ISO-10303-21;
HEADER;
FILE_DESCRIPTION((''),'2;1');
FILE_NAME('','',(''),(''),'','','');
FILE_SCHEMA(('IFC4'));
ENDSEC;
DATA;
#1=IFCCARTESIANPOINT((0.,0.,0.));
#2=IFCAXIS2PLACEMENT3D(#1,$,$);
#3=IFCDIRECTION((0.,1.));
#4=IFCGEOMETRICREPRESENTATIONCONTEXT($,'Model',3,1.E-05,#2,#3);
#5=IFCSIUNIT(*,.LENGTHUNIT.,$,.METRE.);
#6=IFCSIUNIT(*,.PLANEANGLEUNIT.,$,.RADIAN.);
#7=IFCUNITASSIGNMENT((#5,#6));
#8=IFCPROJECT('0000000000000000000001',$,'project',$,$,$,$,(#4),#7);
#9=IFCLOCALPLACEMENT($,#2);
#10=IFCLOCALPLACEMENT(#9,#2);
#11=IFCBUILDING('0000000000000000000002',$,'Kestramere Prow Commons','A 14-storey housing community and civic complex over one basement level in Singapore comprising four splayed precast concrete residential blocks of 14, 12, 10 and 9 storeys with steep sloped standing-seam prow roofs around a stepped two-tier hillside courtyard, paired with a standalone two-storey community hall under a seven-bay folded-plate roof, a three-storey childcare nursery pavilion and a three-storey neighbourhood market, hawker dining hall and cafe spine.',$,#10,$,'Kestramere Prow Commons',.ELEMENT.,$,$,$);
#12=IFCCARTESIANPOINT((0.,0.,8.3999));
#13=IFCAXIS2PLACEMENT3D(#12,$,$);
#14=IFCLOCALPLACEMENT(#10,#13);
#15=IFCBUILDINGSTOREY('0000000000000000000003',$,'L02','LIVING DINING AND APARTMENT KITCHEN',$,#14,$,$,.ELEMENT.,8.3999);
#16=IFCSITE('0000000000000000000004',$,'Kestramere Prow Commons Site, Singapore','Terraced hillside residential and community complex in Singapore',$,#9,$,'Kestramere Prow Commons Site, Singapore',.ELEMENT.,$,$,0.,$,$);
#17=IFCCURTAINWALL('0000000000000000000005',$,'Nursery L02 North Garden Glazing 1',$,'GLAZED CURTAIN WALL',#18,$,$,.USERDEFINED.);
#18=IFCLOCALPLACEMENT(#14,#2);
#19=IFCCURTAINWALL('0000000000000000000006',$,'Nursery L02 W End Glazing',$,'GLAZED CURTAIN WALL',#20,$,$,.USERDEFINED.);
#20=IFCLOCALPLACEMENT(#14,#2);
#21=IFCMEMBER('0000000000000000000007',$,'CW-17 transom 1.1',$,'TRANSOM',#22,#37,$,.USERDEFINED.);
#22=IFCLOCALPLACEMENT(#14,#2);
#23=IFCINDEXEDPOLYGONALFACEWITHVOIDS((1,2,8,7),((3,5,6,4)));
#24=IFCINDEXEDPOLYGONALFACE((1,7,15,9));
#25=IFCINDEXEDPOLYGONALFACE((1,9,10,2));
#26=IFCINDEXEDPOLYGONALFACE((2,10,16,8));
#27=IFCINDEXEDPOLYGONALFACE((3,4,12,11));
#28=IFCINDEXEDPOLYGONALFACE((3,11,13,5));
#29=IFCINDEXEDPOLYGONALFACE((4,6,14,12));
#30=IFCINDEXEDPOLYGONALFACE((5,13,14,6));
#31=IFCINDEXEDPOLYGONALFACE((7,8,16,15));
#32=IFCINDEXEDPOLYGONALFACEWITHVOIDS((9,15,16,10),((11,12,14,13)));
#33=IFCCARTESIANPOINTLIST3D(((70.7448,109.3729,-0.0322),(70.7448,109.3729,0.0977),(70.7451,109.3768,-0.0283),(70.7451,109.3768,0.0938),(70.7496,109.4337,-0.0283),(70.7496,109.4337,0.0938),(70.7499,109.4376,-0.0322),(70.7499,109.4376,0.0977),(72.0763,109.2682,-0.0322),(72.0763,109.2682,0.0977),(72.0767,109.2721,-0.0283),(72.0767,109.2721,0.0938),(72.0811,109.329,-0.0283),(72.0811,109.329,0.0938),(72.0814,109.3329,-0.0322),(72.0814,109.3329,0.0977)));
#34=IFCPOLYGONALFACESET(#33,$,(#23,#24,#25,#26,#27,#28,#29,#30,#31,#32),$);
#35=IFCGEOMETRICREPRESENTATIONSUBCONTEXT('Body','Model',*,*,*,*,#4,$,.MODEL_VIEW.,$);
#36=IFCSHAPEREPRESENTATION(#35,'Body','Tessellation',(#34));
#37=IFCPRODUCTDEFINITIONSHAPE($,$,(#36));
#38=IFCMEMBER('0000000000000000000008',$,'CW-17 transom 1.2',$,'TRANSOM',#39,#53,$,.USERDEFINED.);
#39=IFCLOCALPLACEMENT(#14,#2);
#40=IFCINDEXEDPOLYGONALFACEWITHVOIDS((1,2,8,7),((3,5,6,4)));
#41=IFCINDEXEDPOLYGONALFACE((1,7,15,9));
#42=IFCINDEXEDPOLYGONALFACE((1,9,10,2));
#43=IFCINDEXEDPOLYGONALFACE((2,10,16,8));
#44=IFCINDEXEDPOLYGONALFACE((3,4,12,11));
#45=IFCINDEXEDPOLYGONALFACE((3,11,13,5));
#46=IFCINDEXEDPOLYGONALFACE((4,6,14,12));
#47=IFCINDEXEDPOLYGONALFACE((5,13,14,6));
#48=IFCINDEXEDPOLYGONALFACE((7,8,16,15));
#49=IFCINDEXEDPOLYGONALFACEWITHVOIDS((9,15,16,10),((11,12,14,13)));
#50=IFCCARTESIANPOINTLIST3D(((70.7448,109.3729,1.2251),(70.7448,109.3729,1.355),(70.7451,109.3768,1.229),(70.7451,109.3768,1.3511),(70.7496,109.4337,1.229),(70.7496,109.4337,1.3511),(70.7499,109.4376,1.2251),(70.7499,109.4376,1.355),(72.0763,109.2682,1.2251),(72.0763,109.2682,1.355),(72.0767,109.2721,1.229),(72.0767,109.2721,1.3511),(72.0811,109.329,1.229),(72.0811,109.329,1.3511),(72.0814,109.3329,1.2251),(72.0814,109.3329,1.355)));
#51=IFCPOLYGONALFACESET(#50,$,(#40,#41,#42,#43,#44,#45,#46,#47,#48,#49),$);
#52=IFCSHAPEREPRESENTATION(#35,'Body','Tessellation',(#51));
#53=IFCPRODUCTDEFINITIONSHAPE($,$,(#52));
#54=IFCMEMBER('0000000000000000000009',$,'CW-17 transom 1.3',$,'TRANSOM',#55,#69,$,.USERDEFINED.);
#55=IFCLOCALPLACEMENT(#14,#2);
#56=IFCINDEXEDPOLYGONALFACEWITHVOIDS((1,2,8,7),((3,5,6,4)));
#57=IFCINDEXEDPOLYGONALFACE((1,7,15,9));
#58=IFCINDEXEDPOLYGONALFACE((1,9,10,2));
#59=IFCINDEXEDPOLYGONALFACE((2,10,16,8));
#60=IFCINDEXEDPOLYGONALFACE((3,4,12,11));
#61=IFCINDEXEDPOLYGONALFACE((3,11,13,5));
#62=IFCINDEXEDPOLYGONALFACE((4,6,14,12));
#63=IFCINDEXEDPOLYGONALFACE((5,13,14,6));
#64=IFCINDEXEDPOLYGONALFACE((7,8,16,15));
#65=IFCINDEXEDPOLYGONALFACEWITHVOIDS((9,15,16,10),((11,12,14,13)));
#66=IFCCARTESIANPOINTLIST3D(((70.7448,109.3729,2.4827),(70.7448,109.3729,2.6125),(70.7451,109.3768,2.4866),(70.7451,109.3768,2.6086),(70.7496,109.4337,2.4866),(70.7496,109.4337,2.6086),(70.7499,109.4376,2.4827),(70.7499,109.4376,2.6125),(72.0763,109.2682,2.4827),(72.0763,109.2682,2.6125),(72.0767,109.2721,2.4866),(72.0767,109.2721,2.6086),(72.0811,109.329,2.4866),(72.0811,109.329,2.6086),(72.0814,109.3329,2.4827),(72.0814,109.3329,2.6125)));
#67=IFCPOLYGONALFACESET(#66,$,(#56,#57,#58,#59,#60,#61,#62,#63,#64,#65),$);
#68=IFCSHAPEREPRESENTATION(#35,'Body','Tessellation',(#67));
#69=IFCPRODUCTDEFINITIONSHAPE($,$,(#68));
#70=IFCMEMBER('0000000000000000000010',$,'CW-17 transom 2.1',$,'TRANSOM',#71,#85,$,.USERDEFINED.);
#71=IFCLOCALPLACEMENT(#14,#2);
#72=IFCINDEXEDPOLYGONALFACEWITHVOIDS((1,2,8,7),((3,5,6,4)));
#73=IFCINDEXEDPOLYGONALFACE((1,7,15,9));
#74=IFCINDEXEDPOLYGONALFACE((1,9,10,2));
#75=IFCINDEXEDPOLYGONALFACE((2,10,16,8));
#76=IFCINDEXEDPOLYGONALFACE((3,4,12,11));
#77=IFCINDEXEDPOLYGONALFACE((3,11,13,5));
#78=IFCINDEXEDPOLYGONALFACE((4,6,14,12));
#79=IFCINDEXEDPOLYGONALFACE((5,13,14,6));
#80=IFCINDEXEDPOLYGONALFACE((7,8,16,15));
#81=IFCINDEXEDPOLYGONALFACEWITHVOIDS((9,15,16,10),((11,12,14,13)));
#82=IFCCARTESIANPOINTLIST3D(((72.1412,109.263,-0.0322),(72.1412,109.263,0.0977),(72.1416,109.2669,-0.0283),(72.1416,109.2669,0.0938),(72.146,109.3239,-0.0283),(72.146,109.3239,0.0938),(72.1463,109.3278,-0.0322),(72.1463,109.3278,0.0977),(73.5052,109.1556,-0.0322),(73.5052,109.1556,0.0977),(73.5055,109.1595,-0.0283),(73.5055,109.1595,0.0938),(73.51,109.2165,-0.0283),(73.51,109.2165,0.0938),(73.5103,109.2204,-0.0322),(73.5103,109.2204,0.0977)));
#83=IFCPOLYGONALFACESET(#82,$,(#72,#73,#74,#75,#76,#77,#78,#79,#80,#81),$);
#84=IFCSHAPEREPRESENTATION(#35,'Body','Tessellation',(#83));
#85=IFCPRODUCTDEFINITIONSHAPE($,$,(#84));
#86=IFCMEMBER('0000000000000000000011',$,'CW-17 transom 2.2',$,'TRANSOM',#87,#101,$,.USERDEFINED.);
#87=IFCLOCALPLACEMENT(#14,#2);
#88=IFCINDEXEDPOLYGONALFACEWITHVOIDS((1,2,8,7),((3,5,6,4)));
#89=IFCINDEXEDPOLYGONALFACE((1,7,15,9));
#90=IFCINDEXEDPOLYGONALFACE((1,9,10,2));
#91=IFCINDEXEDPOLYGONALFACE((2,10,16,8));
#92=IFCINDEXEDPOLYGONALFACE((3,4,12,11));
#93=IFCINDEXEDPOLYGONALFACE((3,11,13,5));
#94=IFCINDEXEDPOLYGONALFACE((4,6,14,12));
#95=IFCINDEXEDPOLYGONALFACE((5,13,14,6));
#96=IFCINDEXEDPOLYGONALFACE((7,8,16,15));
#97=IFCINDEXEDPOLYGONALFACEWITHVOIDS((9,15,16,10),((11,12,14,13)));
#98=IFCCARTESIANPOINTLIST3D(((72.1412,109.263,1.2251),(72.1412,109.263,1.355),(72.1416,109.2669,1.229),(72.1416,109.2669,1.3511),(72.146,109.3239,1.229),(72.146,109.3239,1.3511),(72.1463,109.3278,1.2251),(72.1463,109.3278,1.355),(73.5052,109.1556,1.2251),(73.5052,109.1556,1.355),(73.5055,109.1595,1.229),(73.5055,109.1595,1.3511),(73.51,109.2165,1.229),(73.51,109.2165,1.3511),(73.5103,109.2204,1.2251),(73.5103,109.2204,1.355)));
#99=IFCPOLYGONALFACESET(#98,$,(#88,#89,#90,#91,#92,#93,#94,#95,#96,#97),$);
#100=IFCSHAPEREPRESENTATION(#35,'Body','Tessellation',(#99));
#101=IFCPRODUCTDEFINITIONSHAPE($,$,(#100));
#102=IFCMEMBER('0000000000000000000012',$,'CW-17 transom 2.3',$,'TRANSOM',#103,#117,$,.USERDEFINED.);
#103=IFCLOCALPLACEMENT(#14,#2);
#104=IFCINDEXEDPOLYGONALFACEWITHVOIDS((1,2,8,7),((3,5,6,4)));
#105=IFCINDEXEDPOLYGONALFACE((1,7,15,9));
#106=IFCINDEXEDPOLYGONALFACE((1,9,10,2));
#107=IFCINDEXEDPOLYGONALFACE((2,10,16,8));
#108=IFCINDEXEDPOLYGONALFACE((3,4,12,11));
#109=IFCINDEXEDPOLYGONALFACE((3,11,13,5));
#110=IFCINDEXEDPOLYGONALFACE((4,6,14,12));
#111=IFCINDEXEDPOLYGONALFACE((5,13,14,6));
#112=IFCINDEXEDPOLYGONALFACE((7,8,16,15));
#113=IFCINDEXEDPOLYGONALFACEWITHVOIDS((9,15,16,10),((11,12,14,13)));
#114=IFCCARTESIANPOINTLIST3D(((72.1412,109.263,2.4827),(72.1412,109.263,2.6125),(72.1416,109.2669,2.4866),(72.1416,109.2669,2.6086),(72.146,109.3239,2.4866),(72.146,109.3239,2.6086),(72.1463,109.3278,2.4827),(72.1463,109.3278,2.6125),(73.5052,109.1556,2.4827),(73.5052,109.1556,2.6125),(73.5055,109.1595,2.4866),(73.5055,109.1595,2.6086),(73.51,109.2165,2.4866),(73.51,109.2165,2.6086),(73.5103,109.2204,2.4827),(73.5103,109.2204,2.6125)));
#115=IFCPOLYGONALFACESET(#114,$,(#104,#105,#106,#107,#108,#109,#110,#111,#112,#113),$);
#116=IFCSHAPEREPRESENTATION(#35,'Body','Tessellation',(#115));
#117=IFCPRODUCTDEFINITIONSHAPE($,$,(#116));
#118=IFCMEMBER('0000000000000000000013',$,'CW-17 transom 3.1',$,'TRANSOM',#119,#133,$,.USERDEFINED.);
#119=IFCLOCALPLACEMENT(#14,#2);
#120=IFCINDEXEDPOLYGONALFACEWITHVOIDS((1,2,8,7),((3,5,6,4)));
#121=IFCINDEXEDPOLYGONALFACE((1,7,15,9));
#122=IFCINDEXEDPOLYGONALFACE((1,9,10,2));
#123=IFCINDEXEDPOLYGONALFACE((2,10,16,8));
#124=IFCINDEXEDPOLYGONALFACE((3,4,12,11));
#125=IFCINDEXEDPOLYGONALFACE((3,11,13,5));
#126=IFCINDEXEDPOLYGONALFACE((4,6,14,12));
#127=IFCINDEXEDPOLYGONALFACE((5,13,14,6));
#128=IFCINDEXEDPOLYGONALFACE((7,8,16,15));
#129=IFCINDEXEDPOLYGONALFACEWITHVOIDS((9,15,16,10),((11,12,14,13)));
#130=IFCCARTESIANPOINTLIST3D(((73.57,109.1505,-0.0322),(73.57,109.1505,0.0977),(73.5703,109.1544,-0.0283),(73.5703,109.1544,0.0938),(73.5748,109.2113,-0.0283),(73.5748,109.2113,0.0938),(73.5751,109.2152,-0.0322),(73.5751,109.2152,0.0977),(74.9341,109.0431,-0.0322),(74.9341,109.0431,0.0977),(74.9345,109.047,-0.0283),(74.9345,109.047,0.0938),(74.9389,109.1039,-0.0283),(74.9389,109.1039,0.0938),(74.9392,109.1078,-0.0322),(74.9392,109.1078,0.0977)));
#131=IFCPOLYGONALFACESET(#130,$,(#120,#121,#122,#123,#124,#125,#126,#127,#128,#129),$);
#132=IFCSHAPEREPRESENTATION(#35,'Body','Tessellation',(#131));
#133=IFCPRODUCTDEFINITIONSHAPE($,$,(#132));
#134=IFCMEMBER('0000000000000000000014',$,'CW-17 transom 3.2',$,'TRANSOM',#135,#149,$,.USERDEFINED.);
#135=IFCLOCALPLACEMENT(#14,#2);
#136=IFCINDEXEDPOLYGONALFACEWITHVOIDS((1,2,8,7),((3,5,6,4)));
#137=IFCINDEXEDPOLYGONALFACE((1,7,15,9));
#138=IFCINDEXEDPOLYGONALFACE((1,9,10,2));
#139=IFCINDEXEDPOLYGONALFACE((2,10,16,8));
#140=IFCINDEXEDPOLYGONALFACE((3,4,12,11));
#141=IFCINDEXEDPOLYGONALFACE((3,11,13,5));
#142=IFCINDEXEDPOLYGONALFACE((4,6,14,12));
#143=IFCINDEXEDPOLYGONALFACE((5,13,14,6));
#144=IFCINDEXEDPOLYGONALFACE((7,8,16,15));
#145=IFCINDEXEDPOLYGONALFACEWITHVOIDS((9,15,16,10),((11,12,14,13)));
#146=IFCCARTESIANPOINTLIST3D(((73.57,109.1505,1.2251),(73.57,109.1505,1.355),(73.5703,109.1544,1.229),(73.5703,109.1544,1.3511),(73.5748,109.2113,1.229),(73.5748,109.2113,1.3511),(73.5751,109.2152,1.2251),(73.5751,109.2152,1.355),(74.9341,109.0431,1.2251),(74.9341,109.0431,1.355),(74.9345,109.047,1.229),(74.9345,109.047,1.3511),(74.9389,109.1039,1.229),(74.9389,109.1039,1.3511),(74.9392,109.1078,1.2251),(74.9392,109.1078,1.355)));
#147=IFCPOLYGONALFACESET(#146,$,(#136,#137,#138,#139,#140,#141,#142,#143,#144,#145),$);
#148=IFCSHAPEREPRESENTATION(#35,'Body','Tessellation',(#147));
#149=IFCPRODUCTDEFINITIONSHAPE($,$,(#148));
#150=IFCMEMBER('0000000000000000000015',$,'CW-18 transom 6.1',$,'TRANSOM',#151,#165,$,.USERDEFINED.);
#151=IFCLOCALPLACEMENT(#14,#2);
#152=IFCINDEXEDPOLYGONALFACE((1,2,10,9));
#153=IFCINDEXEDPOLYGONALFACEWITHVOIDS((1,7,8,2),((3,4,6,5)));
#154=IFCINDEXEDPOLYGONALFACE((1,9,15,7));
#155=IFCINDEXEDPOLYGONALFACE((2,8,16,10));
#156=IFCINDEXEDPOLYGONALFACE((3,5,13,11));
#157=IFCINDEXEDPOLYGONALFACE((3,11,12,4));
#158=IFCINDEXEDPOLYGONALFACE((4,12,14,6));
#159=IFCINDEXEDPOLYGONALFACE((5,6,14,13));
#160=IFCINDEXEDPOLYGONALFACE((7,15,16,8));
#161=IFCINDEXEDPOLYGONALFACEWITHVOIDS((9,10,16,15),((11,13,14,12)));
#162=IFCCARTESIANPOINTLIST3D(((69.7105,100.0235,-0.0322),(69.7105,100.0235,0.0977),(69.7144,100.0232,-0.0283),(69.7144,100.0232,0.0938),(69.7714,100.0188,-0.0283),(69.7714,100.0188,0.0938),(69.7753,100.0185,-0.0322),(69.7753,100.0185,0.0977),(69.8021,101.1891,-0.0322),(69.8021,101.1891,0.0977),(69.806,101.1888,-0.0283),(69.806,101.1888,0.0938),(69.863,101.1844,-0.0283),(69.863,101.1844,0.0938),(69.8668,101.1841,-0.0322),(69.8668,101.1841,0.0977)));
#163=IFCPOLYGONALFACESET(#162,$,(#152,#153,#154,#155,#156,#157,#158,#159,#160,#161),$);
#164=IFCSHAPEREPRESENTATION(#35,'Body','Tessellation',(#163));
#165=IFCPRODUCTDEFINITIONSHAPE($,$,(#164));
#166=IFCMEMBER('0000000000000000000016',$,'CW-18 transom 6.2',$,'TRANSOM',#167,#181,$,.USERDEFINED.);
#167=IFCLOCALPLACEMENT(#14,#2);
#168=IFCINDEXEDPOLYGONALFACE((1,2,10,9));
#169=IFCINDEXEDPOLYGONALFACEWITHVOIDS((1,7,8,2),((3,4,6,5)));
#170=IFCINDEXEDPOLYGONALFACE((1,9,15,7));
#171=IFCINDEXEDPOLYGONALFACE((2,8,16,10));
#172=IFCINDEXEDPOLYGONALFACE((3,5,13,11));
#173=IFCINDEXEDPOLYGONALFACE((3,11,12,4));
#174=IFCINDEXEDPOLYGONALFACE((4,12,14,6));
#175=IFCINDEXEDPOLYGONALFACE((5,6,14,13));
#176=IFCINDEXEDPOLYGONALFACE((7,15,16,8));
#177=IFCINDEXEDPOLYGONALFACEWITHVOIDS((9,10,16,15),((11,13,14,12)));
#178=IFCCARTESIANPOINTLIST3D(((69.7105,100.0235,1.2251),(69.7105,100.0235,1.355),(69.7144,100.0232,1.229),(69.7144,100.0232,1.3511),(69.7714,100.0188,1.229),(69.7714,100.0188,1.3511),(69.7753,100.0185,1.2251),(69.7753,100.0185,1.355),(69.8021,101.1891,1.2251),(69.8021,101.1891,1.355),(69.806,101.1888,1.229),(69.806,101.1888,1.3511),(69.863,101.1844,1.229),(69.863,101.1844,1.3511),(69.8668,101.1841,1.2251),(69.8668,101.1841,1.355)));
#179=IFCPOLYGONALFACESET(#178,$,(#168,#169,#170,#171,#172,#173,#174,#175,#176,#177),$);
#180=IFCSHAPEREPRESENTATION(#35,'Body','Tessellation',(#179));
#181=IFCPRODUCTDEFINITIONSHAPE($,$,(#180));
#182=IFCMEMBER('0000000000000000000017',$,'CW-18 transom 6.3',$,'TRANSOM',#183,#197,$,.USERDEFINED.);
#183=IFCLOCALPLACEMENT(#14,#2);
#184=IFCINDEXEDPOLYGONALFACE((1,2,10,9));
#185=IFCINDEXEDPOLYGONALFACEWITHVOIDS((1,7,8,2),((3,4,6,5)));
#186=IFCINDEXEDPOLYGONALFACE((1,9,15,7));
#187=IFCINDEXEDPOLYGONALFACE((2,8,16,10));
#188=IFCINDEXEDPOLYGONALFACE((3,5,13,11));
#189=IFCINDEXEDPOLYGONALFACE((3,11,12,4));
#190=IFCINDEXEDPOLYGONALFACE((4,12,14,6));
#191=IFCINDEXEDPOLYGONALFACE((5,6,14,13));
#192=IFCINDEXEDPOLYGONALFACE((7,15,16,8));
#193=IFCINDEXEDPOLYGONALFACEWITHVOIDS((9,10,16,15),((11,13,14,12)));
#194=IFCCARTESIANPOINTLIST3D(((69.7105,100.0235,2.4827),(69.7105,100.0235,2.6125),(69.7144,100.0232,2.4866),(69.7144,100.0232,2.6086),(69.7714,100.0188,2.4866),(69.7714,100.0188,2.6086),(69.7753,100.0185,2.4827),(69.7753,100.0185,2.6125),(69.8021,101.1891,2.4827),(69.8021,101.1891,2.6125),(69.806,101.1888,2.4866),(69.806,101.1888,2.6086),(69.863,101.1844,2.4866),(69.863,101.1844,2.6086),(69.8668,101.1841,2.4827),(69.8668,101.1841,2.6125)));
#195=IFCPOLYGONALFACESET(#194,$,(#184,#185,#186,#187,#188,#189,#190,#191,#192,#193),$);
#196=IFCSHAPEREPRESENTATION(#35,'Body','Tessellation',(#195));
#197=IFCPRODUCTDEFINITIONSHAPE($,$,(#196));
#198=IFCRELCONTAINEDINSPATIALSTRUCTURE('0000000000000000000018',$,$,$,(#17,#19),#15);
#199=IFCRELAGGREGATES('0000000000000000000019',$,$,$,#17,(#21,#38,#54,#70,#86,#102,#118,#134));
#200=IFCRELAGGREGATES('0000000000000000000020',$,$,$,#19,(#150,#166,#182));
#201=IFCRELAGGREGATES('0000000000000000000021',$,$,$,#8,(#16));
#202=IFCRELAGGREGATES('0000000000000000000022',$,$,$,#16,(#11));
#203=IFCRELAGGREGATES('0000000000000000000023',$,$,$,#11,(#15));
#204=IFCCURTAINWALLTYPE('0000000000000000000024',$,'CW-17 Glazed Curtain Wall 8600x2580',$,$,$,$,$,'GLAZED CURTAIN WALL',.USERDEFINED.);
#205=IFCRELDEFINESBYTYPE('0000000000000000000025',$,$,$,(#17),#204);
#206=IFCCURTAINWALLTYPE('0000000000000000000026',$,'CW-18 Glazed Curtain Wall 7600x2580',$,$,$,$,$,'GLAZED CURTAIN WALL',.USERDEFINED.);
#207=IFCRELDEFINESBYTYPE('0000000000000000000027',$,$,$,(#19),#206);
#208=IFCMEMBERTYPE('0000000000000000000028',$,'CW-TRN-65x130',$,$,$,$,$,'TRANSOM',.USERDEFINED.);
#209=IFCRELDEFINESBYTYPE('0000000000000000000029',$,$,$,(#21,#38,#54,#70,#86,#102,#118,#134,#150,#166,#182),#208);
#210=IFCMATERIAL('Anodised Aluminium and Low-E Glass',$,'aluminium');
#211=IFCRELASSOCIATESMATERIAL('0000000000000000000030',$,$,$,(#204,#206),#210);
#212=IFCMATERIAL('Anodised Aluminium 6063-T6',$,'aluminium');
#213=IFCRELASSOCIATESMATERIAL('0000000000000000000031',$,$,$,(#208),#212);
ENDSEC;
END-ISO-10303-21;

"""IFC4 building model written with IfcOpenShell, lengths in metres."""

from ifc_helpers import new_model, si_unit, direction, frame, origin, origin_2d, place, context, subcontext, project, spatial, hollow_rectangle, extrude, material, material_profile, profile_set, type_object, element, aggregate, save


model = new_model("IFC4")

# Units and contexts
model_context = context("Model", 3, precision=1e-05, world=origin(), true_north=direction((0.0, 1.0)))
body_context = subcontext(model_context, "Body", "Model", "MODEL_VIEW")
ifc_project = project(units=[si_unit("LENGTHUNIT", "METRE"), si_unit("PLANEANGLEUNIT", "RADIAN")], contexts=[model_context])

# Site, building, storey
site_placement = place(None, origin())
site = spatial("IfcSite", under=ifc_project, at=site_placement, Name="Kestramere Prow Commons Site, Singapore", Description="Terraced hillside residential and community complex in Singapore", LongName="Kestramere Prow Commons Site, Singapore", CompositionType="ELEMENT", RefElevation=0.0)
building_placement = place(site_placement, origin())
building = spatial("IfcBuilding", under=site, at=building_placement, Name="Kestramere Prow Commons", Description="A 14-storey housing community and civic complex over one basement level in Singapore comprising four splayed precast concrete residential blocks of 14, 12, 10 and 9 storeys with steep sloped standing-seam prow roofs around a stepped two-tier hillside courtyard, paired with a standalone two-storey community hall under a seven-bay folded-plate roof, a three-storey childcare nursery pavilion and a three-storey neighbourhood market, hawker dining hall and cafe spine.", LongName="Kestramere Prow Commons", CompositionType="ELEMENT")
storey_placement = place(building_placement, frame((0.0, 0.0, 8.3999)))
storey = spatial("IfcBuildingStorey", under=building, at=storey_placement, Name="L02", Description="LIVING DINING AND APARTMENT KITCHEN", CompositionType="ELEMENT", Elevation=8.3999)

# Curtain walls
ifc_material_1 = material(Name="Anodised Aluminium and Low-E Glass", Category="aluminium")
curtain_wall_type_1 = type_object("IfcCurtainWallType", Name="CW-17 Glazed Curtain Wall 8600x2580", ElementType="GLAZED CURTAIN WALL", PredefinedType="USERDEFINED", material=ifc_material_1)
curtain_wall_1_placement = place(storey_placement, origin())
curtain_wall_1 = element("IfcCurtainWall", 1, at=curtain_wall_1_placement, inside=storey, type_object=curtain_wall_type_1, Name="Nursery L02 North Garden Glazing 1", ObjectType="GLAZED CURTAIN WALL", PredefinedType="USERDEFINED")
ifc_material_2 = material(Name="Anodised Aluminium 6063-T6", Category="aluminium")
curtain_wall_type_2 = type_object("IfcCurtainWallType", Name="CW-18 Glazed Curtain Wall 7600x2580", ElementType="GLAZED CURTAIN WALL", PredefinedType="USERDEFINED", material=ifc_material_1)
curtain_wall_2_placement = place(storey_placement, origin())
curtain_wall_2 = element("IfcCurtainWall", 2, at=curtain_wall_2_placement, inside=storey, type_object=curtain_wall_type_2, Name="Nursery L02 W End Glazing", ObjectType="GLAZED CURTAIN WALL", PredefinedType="USERDEFINED")

# Members
ifc_material_profile_1 = material_profile(ifc_material_2, hollow_rectangle(XDim=0.0649, YDim=0.1299, WallThickness=0.0039, at=origin_2d()), Name="ALU-TRN 65x130")
ifc_profile_set_1 = profile_set([ifc_material_profile_1], Name="Anodised Aluminium 6063-T6")
member_type_1 = type_object("IfcMemberType", Name="CW-TRN-65x130", ElementType="TRANSOM", PredefinedType="USERDEFINED", material=ifc_profile_set_1)
member_1_placement = place(storey_placement, frame((70.7473, 109.4053, 0.0327), z_axis=(0.996921, -0.078416, 0.0), x_axis=(0.078416, 0.996921, 0.0)))
member_1 = element("IfcMember", 3, at=member_1_placement, type_object=member_type_1, Name="CW-17 transom 1.1", ObjectType="TRANSOM", PredefinedType="USERDEFINED", context=body_context, shape_type="SweptSolid", body=[
    extrude(hollow_rectangle(XDim=0.0649, YDim=0.1299, WallThickness=0.0039, at=origin_2d()), origin(), (0.0, 0.0, 1.0), 1.3357),
])
member_2_placement = place(storey_placement, frame((70.7473, 109.4053, 1.29), z_axis=(0.996921, -0.078416, 0.0), x_axis=(0.078416, 0.996921, 0.0)))
member_2 = element("IfcMember", 4, at=member_2_placement, type_object=member_type_1, Name="CW-17 transom 1.2", ObjectType="TRANSOM", PredefinedType="USERDEFINED", context=body_context, shape_type="SweptSolid", body=[
    extrude(hollow_rectangle(XDim=0.0649, YDim=0.1299, WallThickness=0.0039, at=origin_2d()), origin(), (0.0, 0.0, 1.0), 1.3357),
])
member_3_placement = place(storey_placement, frame((70.7473, 109.4053, 2.5476), z_axis=(0.996921, -0.078416, 0.0), x_axis=(0.078416, 0.996921, 0.0)))
member_3 = element("IfcMember", 5, at=member_3_placement, type_object=member_type_1, Name="CW-17 transom 1.3", ObjectType="TRANSOM", PredefinedType="USERDEFINED", context=body_context, shape_type="SweptSolid", body=[
    extrude(hollow_rectangle(XDim=0.0649, YDim=0.1299, WallThickness=0.0039, at=origin_2d()), origin(), (0.0, 0.0, 1.0), 1.3357),
])
member_4_placement = place(storey_placement, frame((72.1438, 109.2954, 0.0327), z_axis=(0.996913, -0.078511, 0.0), x_axis=(0.078511, 0.996913, 0.0)))
member_4 = element("IfcMember", 6, at=member_4_placement, type_object=member_type_1, Name="CW-17 transom 2.1", ObjectType="TRANSOM", PredefinedType="USERDEFINED", context=body_context, shape_type="SweptSolid", body=[
    extrude(hollow_rectangle(XDim=0.0649, YDim=0.1299, WallThickness=0.0039, at=origin_2d()), origin(), (0.0, 0.0, 1.0), 1.3682),
])
member_5_placement = place(storey_placement, frame((72.1438, 109.2954, 1.29), z_axis=(0.996913, -0.078511, 0.0), x_axis=(0.078511, 0.996913, 0.0)))
member_5 = element("IfcMember", 7, at=member_5_placement, type_object=member_type_1, Name="CW-17 transom 2.2", ObjectType="TRANSOM", PredefinedType="USERDEFINED", context=body_context, shape_type="SweptSolid", body=[
    extrude(hollow_rectangle(XDim=0.0649, YDim=0.1299, WallThickness=0.0039, at=origin_2d()), origin(), (0.0, 0.0, 1.0), 1.3682),
])
member_6_placement = place(storey_placement, frame((72.1438, 109.2954, 2.5476), z_axis=(0.996913, -0.078511, 0.0), x_axis=(0.078511, 0.996913, 0.0)))
member_6 = element("IfcMember", 8, at=member_6_placement, type_object=member_type_1, Name="CW-17 transom 2.3", ObjectType="TRANSOM", PredefinedType="USERDEFINED", context=body_context, shape_type="SweptSolid", body=[
    extrude(hollow_rectangle(XDim=0.0649, YDim=0.1299, WallThickness=0.0039, at=origin_2d()), origin(), (0.0, 0.0, 1.0), 1.3682),
])
member_7_placement = place(storey_placement, frame((73.5725, 109.1829, 0.0327), z_axis=(0.996914, -0.078497, 0.0), x_axis=(0.078497, 0.996914, 0.0)))
member_7 = element("IfcMember", 9, at=member_7_placement, type_object=member_type_1, Name="CW-17 transom 3.1", ObjectType="TRANSOM", PredefinedType="USERDEFINED", context=body_context, shape_type="SweptSolid", body=[
    extrude(hollow_rectangle(XDim=0.0649, YDim=0.1299, WallThickness=0.0039, at=origin_2d()), origin(), (0.0, 0.0, 1.0), 1.3684),
])
member_8_placement = place(storey_placement, frame((73.5725, 109.1829, 1.29), z_axis=(0.996914, -0.078497, 0.0), x_axis=(0.078497, 0.996914, 0.0)))
member_8 = element("IfcMember", 10, at=member_8_placement, type_object=member_type_1, Name="CW-17 transom 3.2", ObjectType="TRANSOM", PredefinedType="USERDEFINED", context=body_context, shape_type="SweptSolid", body=[
    extrude(hollow_rectangle(XDim=0.0649, YDim=0.1299, WallThickness=0.0039, at=origin_2d()), origin(), (0.0, 0.0, 1.0), 1.3684),
])
member_9_placement = place(storey_placement, frame((69.7429, 100.021, 0.0327), z_axis=(0.078309, 0.996929, 0.0), x_axis=(-0.996929, 0.078309, 0.0)))
member_9 = element("IfcMember", 11, at=member_9_placement, type_object=member_type_1, Name="CW-18 transom 6.1", ObjectType="TRANSOM", PredefinedType="USERDEFINED", context=body_context, shape_type="SweptSolid", body=[
    extrude(hollow_rectangle(XDim=0.0649, YDim=0.1299, WallThickness=0.0039, at=origin_2d()), origin(), (0.0, 0.0, 1.0), 1.1692),
])
member_10_placement = place(storey_placement, frame((69.7429, 100.021, 1.29), z_axis=(0.078309, 0.996929, 0.0), x_axis=(-0.996929, 0.078309, 0.0)))
member_10 = element("IfcMember", 12, at=member_10_placement, type_object=member_type_1, Name="CW-18 transom 6.2", ObjectType="TRANSOM", PredefinedType="USERDEFINED", context=body_context, shape_type="SweptSolid", body=[
    extrude(hollow_rectangle(XDim=0.0649, YDim=0.1299, WallThickness=0.0039, at=origin_2d()), origin(), (0.0, 0.0, 1.0), 1.1692),
])
member_11_placement = place(storey_placement, frame((69.7429, 100.021, 2.5476), z_axis=(0.078309, 0.996929, 0.0), x_axis=(-0.996929, 0.078309, 0.0)))
member_11 = element("IfcMember", 13, at=member_11_placement, type_object=member_type_1, Name="CW-18 transom 6.3", ObjectType="TRANSOM", PredefinedType="USERDEFINED", context=body_context, shape_type="SweptSolid", body=[
    extrude(hollow_rectangle(XDim=0.0649, YDim=0.1299, WallThickness=0.0039, at=origin_2d()), origin(), (0.0, 0.0, 1.0), 1.1692),
])

aggregate(curtain_wall_1, [member_1, member_2, member_3, member_4, member_5, member_6, member_7, member_8])
aggregate(curtain_wall_2, [member_9, member_10, member_11])

save(model, "model.ifc")
